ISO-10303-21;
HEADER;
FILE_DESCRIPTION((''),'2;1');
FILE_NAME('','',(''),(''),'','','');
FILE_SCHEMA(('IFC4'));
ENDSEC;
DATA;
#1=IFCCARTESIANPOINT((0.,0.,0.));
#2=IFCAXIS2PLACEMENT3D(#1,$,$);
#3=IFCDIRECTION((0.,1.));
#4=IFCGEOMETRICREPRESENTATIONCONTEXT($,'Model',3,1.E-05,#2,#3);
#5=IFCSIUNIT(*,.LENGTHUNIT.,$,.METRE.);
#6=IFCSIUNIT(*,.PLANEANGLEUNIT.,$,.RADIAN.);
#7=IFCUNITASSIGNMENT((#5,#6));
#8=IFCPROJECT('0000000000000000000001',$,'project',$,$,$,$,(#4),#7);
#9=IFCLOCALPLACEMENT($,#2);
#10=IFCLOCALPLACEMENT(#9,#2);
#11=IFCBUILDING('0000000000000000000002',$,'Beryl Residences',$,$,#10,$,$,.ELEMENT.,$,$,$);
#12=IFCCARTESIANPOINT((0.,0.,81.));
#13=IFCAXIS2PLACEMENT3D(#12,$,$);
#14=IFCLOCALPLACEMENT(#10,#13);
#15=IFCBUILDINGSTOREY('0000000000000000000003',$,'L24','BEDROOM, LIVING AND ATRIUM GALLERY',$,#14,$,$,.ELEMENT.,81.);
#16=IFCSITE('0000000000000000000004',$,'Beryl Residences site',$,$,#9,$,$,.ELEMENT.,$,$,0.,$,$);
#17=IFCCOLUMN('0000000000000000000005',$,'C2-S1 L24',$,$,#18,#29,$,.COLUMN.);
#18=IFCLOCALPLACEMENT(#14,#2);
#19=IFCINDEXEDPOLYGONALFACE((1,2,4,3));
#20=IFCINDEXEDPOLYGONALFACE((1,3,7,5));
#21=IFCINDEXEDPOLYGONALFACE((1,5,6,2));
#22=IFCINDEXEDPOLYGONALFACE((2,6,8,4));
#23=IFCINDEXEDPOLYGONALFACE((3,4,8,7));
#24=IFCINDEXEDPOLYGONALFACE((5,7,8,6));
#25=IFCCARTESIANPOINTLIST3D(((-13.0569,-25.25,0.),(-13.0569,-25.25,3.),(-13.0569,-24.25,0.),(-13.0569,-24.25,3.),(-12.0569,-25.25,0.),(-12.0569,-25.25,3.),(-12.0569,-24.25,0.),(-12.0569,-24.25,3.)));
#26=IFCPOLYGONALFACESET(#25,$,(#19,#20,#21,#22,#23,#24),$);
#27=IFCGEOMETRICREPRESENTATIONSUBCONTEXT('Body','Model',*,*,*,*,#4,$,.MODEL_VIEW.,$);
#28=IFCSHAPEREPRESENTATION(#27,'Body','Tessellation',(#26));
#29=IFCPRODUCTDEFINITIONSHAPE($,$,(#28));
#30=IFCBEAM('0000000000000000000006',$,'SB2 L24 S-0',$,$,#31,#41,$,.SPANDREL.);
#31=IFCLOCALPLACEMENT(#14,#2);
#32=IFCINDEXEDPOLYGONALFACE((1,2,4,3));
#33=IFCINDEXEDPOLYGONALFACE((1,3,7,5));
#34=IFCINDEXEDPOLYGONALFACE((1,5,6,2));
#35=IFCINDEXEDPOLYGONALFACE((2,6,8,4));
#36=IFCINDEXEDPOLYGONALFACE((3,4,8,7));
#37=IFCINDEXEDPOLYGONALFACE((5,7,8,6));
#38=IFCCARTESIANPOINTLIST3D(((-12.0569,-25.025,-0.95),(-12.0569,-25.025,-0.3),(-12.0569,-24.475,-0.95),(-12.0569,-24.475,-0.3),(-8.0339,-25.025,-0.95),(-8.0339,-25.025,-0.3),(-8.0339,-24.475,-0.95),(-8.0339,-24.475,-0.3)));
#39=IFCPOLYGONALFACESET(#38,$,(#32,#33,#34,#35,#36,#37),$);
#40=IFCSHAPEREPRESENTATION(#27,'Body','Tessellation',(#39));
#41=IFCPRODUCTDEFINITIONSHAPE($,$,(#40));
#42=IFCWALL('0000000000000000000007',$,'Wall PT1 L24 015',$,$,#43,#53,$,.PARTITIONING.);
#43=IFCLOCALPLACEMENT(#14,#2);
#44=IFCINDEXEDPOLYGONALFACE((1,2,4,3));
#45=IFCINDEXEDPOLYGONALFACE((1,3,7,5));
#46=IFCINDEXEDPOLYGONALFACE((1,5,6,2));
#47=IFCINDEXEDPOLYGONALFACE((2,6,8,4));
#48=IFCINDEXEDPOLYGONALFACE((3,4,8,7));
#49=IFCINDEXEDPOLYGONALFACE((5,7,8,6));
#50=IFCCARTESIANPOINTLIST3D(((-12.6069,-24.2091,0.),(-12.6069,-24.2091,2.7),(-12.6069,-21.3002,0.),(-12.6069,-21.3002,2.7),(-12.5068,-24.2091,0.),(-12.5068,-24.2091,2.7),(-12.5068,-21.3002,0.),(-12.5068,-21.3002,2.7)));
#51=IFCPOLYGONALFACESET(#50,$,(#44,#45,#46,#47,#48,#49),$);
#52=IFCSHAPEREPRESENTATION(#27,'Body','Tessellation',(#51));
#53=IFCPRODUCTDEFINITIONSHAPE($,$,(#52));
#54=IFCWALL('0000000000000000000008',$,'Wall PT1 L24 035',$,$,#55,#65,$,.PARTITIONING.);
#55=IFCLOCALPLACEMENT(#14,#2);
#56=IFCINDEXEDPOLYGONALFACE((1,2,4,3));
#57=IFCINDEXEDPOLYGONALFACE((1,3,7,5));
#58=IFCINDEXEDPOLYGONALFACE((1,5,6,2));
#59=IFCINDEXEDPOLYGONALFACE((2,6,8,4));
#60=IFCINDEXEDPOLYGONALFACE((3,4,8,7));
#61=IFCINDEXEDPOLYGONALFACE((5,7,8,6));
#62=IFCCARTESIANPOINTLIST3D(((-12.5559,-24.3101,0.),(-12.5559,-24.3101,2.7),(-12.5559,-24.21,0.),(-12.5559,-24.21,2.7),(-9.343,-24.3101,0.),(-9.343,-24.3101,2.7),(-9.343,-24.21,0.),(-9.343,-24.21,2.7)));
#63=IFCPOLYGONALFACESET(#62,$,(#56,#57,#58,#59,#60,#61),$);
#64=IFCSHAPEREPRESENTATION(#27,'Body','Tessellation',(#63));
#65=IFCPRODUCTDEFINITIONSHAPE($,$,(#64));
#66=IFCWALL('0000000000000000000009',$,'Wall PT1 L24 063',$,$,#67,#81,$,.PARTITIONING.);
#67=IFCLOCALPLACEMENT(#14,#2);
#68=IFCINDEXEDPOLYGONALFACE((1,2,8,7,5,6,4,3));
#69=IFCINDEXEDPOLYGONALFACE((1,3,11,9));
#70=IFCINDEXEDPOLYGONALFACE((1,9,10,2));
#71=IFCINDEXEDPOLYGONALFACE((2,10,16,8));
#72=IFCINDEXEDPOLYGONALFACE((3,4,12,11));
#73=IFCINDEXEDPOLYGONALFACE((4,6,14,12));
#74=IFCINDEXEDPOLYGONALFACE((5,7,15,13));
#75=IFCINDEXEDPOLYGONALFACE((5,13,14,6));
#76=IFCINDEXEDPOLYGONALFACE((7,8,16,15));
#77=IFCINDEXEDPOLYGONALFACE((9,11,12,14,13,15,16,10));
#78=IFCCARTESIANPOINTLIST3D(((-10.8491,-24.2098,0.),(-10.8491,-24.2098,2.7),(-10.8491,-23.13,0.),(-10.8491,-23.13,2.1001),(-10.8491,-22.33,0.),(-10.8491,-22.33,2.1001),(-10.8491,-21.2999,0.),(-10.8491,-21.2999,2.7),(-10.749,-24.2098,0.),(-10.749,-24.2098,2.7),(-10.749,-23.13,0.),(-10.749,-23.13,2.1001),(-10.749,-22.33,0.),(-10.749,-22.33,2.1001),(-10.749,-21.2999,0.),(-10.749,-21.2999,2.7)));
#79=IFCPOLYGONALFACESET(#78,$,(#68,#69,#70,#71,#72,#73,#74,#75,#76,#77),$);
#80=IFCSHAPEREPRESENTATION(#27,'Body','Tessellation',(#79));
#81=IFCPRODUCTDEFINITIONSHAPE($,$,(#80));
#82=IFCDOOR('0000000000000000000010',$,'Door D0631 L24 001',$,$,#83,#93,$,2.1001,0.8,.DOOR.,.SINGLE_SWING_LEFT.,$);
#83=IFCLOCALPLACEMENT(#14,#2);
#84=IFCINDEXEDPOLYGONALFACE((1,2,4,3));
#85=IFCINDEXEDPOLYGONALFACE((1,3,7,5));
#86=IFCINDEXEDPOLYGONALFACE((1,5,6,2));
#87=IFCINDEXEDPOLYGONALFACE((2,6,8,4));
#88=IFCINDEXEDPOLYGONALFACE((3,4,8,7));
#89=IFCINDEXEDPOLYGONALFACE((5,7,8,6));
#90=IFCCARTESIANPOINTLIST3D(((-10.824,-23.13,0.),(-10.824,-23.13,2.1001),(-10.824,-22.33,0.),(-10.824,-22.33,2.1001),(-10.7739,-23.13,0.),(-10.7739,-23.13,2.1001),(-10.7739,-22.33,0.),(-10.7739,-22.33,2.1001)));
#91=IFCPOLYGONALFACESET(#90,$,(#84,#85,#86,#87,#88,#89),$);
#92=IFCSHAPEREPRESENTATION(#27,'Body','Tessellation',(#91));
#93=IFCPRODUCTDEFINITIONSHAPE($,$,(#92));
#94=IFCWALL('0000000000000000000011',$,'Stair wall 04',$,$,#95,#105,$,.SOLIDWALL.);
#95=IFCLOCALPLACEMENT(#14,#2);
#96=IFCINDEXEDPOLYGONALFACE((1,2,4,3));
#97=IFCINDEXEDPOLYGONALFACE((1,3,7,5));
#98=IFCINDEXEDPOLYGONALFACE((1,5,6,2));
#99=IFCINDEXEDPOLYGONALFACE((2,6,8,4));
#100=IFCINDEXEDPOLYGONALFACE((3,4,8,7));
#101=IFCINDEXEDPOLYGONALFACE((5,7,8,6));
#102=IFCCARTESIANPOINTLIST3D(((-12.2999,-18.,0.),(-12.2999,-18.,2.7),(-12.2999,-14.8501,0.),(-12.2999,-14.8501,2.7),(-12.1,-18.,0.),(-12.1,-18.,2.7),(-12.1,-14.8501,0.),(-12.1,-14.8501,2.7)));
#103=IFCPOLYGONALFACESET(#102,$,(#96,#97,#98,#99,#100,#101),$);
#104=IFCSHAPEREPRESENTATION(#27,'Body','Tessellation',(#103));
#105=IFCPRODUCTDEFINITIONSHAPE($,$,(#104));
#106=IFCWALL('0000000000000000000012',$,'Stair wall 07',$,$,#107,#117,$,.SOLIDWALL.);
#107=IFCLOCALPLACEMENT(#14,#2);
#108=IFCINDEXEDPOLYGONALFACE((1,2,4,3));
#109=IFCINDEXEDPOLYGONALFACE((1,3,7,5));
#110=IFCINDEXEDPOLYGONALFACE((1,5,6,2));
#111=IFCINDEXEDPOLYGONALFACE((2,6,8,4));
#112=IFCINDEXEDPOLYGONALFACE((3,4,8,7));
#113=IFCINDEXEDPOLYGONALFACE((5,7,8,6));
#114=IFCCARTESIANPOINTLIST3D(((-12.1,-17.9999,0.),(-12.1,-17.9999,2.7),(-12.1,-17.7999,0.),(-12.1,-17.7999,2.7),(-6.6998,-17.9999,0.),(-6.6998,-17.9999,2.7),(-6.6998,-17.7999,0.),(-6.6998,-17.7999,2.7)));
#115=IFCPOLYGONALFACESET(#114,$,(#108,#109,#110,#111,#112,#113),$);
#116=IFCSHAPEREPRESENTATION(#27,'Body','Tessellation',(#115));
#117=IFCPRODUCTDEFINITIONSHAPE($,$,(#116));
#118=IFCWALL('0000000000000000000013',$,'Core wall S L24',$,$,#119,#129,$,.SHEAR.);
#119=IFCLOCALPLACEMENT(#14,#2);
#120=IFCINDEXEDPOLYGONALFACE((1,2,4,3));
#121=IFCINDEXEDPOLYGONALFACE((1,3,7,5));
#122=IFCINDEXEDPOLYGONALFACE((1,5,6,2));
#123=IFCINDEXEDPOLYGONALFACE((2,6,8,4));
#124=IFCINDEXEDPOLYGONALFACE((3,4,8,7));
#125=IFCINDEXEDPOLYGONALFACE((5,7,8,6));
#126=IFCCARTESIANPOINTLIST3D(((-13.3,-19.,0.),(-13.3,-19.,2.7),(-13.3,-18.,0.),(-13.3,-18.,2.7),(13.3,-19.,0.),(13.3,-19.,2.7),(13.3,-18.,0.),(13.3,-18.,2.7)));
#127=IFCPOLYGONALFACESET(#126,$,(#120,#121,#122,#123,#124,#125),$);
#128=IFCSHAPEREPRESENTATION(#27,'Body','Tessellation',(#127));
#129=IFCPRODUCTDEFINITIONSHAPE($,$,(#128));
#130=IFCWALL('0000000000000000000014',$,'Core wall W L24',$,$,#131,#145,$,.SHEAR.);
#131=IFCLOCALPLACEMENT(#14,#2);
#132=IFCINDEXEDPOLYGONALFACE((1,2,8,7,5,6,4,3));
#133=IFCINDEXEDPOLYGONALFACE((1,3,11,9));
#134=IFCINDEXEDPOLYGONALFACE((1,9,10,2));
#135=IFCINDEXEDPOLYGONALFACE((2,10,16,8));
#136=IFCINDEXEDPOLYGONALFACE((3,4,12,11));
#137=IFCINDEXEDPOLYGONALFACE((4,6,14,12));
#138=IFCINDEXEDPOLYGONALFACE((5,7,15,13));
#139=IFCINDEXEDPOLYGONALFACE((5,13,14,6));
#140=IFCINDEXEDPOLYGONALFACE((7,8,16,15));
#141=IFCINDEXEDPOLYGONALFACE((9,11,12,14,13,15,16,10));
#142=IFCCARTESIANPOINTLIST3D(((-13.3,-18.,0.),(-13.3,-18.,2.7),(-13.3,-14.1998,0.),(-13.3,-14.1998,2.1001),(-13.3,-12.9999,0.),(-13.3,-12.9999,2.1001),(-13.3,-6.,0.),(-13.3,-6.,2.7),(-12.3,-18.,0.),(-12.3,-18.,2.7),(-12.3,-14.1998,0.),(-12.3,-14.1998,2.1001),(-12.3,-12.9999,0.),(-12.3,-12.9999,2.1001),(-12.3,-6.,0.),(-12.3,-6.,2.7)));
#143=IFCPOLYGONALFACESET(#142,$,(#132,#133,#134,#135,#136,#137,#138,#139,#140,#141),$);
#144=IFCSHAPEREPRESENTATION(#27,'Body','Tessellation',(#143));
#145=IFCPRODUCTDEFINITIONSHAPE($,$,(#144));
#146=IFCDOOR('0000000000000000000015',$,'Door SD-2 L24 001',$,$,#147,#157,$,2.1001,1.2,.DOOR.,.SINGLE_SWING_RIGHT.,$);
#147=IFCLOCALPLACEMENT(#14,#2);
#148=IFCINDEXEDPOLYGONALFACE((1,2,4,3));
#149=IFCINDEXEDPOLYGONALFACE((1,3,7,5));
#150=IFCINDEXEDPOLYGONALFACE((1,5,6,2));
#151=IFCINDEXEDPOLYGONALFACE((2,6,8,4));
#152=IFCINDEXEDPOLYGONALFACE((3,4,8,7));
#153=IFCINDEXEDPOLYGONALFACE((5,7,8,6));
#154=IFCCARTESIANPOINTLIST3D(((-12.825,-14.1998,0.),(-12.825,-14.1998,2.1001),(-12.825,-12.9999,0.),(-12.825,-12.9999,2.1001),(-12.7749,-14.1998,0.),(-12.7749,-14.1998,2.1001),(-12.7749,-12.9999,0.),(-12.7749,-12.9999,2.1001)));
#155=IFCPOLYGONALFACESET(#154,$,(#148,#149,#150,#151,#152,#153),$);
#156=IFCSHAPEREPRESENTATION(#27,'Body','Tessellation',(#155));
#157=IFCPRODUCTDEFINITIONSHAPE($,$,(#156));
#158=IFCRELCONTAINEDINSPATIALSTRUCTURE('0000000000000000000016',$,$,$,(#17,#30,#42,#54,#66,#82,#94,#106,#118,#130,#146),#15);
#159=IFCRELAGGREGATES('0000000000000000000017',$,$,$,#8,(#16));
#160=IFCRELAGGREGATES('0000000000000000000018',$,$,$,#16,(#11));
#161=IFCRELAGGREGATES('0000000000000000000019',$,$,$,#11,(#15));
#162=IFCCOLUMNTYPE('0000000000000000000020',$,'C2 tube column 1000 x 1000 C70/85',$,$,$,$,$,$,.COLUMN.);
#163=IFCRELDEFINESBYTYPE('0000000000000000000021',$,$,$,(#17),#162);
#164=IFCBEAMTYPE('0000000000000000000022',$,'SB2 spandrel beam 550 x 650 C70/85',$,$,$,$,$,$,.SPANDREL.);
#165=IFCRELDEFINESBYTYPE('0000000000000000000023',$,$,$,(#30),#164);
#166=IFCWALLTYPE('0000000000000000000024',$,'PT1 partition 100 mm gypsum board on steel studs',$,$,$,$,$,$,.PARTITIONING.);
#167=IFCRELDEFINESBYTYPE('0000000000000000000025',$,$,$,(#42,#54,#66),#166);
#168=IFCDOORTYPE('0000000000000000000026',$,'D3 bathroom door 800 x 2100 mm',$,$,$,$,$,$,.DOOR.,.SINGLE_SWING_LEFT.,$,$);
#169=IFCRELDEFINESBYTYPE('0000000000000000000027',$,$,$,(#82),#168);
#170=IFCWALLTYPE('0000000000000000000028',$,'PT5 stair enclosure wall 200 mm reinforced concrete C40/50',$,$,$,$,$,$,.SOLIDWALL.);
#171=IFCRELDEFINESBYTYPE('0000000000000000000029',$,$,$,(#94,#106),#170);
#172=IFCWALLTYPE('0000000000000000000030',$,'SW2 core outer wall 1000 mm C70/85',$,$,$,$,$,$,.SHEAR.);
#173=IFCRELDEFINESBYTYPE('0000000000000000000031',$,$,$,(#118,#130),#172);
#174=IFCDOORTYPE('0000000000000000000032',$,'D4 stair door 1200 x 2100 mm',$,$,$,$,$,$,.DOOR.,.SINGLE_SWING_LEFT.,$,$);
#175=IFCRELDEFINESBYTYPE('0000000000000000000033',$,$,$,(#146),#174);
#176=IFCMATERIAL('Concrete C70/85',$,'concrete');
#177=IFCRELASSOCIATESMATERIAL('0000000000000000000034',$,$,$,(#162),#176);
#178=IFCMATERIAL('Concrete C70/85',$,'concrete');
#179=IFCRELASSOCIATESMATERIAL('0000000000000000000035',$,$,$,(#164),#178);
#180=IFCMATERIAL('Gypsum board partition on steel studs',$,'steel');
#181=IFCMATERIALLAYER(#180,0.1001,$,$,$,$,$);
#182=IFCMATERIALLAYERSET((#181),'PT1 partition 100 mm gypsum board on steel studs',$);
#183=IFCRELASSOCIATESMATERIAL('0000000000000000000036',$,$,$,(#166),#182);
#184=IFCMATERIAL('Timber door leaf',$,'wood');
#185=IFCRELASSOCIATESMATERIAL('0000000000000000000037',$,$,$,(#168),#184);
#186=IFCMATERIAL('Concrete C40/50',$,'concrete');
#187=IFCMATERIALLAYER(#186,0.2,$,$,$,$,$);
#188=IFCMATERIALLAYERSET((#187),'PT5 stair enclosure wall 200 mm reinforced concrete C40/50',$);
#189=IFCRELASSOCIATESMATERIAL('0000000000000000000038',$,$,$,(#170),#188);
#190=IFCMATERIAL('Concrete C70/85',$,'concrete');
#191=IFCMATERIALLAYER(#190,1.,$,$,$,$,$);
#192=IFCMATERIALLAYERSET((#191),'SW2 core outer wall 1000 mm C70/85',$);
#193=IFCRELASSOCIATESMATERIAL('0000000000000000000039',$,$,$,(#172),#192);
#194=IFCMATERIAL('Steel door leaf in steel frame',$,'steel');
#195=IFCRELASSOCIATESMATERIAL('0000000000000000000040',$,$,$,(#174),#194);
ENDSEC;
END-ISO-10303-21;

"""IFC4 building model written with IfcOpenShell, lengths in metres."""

from ifc_helpers import new_model, si_unit, direction, frame, frame_2d, origin, origin_2d, place, context, subcontext, project, spatial, rectangle, extrude, material, layer, layer_set, material_profile, profile_set, type_object, element, fill, save


model = new_model("IFC4")

# Units and contexts
model_context = context("Model", 3, precision=1e-05, world=origin(), true_north=direction((0.0, 1.0)))
body_context = subcontext(model_context, "Body", "Model", "MODEL_VIEW")
ifc_project = project(units=[si_unit("LENGTHUNIT", "METRE"), si_unit("PLANEANGLEUNIT", "RADIAN")], contexts=[model_context])

# Site, building, storey
site_placement = place(None, origin())
site = spatial("IfcSite", under=ifc_project, at=site_placement, Name="Beryl Residences site", CompositionType="ELEMENT", RefElevation=0.0)
building_placement = place(site_placement, origin())
building = spatial("IfcBuilding", under=site, at=building_placement, Name="Beryl Residences", CompositionType="ELEMENT")
storey_placement = place(building_placement, frame((0.0, 0.0, 81.0)))
storey = spatial("IfcBuildingStorey", under=building, at=storey_placement, Name="L24", Description="BEDROOM, LIVING AND ATRIUM GALLERY", CompositionType="ELEMENT", Elevation=81.0)

# Column
ifc_material_1 = material(Name="Concrete C70/85", Category="concrete")
ifc_material_profile_1 = material_profile(ifc_material_1, rectangle(XDim=1.0, YDim=1.0, at=origin_2d()))
ifc_profile_set_1 = profile_set([ifc_material_profile_1], Name="Concrete C70/85")
column_type = type_object("IfcColumnType", Name="C2 tube column 1000 x 1000 C70/85", PredefinedType="COLUMN", material=ifc_profile_set_1)
column_placement = place(storey_placement, frame((-12.5569, -24.75, 0.0), z_axis=(0.0, 0.0, 1.0), x_axis=(1.0, 0.0, 0.0)))
element("IfcColumn", 1, at=column_placement, inside=storey, type_object=column_type, Name="C2-S1 L24", PredefinedType="COLUMN", context=body_context, shape_type="SweptSolid", body=[
    extrude(rectangle(XDim=1.0, YDim=1.0, at=origin_2d()), origin(), (0.0, 0.0, 1.0), 3.0),
])

# Beam
ifc_material_2 = material(Name="Concrete C70/85", Category="concrete")
ifc_material_profile_2 = material_profile(ifc_material_2, rectangle(XDim=0.55, YDim=0.6499, at=origin_2d()))
ifc_profile_set_2 = profile_set([ifc_material_profile_2], Name="Concrete C70/85")
beam_type = type_object("IfcBeamType", Name="SB2 spandrel beam 550 x 650 C70/85", PredefinedType="SPANDREL", material=ifc_profile_set_2)
beam_placement = place(storey_placement, frame((-12.0569, -24.75, -0.625), z_axis=(1.0, 0.0, 0.0), x_axis=(0.0, 1.0, 0.0)))
element("IfcBeam", 2, at=beam_placement, inside=storey, type_object=beam_type, Name="SB2 L24 S-0", PredefinedType="SPANDREL", context=body_context, shape_type="SweptSolid", body=[
    extrude(rectangle(XDim=0.55, YDim=0.6499, at=origin_2d()), origin(), (0.0, 0.0, 1.0), 4.0229),
])

# Walls
ifc_material_3 = material(Name="Gypsum board partition on steel studs", Category="steel")
ifc_layer_1 = layer(ifc_material_3, 0.1001)
ifc_layer_set_1 = layer_set([ifc_layer_1], Name="PT1 partition 100 mm gypsum board on steel studs")
wall_type_1 = type_object("IfcWallType", Name="PT1 partition 100 mm gypsum board on steel studs", PredefinedType="PARTITIONING", material=ifc_layer_set_1)
wall_1_placement = place(storey_placement, frame((-12.5569, -21.3, 0.0), z_axis=(0.0, 0.0, 1.0), x_axis=(0.0, -1.0, 0.0)))
element("IfcWall", 3, at=wall_1_placement, inside=storey, type_object=wall_type_1, Name="Wall PT1 L24 015", PredefinedType="PARTITIONING", context=body_context, shape_type="SweptSolid", body=[
    extrude(rectangle(XDim=2.9089, YDim=0.1001, at=frame_2d((1.4546, 0.0))), origin(), (0.0, 0.0, 1.0), 2.7),
])
wall_2_placement = place(storey_placement, frame((-12.5559, -24.26, 0.0), z_axis=(0.0, 0.0, 1.0), x_axis=(1.0, 0.0, 0.0)))
element("IfcWall", 4, at=wall_2_placement, inside=storey, type_object=wall_type_1, Name="Wall PT1 L24 035", PredefinedType="PARTITIONING", context=body_context, shape_type="SweptSolid", body=[
    extrude(rectangle(XDim=3.2129, YDim=0.1001, at=frame_2d((1.6064, 0.0))), origin(), (0.0, 0.0, 1.0), 2.7),
])

# Wall, opening, door
wall_3_placement = place(storey_placement, frame((-10.7991, -24.21, 0.0), z_axis=(0.0, 0.0, 1.0), x_axis=(0.0, 1.0, 0.0)))
wall_3 = element("IfcWall", 5, at=wall_3_placement, inside=storey, type_object=wall_type_1, Name="Wall PT1 L24 063", PredefinedType="PARTITIONING", context=body_context, shape_type="SweptSolid", body=[
    extrude(rectangle(XDim=2.9099, YDim=0.1001, at=frame_2d((1.4551, 0.0))), origin(), (0.0, 0.0, 1.0), 2.7),
])
opening_1_placement = place(wall_3_placement, frame((1.0801, 0.0, 0.0)))
opening_1 = element("IfcOpeningElement", 6, at=opening_1_placement, cuts=wall_3, PredefinedType="OPENING", context=body_context, shape_type="SweptSolid", body=[
    extrude(rectangle(XDim=0.8, YDim=2.1001, at=frame_2d((0.3999, 1.05))), frame((0.0, 0.0601, 0.0), z_axis=(0.0, -1.0, 0.0), x_axis=(1.0, 0.0, 0.0)), (0.0, 0.0, 1.0), 0.1201),
])
ifc_material_4 = material(Name="Timber door leaf", Category="wood")
door_type_1 = type_object("IfcDoorType", Name="D3 bathroom door 800 x 2100 mm", OperationType="SINGLE_SWING_LEFT", PredefinedType="DOOR", material=ifc_material_4)
door_1_placement = place(opening_1_placement, origin())
door_1 = element("IfcDoor", 7, at=door_1_placement, inside=storey, type_object=door_type_1, Name="Door D0631 L24 001", OperationType="SINGLE_SWING_LEFT", OverallHeight=2.1001, OverallWidth=0.8, PredefinedType="DOOR", context=body_context, shape_type="SweptSolid", body=[
    extrude(rectangle(XDim=0.8, YDim=2.1001, at=frame_2d((0.3999, 1.05))), frame((0.0, 0.0249, 0.0), z_axis=(0.0, -1.0, 0.0), x_axis=(1.0, 0.0, 0.0)), (0.0, 0.0, 1.0), 0.05),
])
fill(opening_1, door_1)

# Walls
ifc_material_5 = material(Name="Concrete C40/50", Category="concrete")
ifc_layer_2 = layer(ifc_material_5, 0.2)
ifc_layer_set_2 = layer_set([ifc_layer_2], Name="PT5 stair enclosure wall 200 mm reinforced concrete C40/50")
wall_type_2 = type_object("IfcWallType", Name="PT5 stair enclosure wall 200 mm reinforced concrete C40/50", PredefinedType="SOLIDWALL", material=ifc_layer_set_2)
wall_4_placement = place(storey_placement, frame((-12.2, -18.0, 0.0), z_axis=(0.0, 0.0, 1.0), x_axis=(0.0, 1.0, 0.0)))
element("IfcWall", 8, at=wall_4_placement, inside=storey, type_object=wall_type_2, Name="Stair wall 04", PredefinedType="SOLIDWALL", context=body_context, shape_type="SweptSolid", body=[
    extrude(rectangle(XDim=3.1499, YDim=0.2, at=frame_2d((1.575, 0.0))), origin(), (0.0, 0.0, 1.0), 2.7),
])
wall_5_placement = place(storey_placement, frame((-12.1001, -17.8999, 0.0), z_axis=(0.0, 0.0, 1.0), x_axis=(1.0, 0.0, 0.0)))
element("IfcWall", 9, at=wall_5_placement, inside=storey, type_object=wall_type_2, Name="Stair wall 07", PredefinedType="SOLIDWALL", context=body_context, shape_type="SweptSolid", body=[
    extrude(rectangle(XDim=5.4001, YDim=0.2, at=frame_2d((2.7002, 0.0))), origin(), (0.0, 0.0, 1.0), 2.7),
])
ifc_material_6 = material(Name="Concrete C70/85", Category="concrete")
ifc_layer_3 = layer(ifc_material_6, 1.0)
ifc_layer_set_3 = layer_set([ifc_layer_3], Name="SW2 core outer wall 1000 mm C70/85")
wall_type_3 = type_object("IfcWallType", Name="SW2 core outer wall 1000 mm C70/85", PredefinedType="SHEAR", material=ifc_layer_set_3)
wall_6_placement = place(storey_placement, frame((-13.3, -18.5, 0.0), z_axis=(0.0, 0.0, 1.0), x_axis=(1.0, 0.0, 0.0)))
element("IfcWall", 10, at=wall_6_placement, inside=storey, type_object=wall_type_3, Name="Core wall S L24", PredefinedType="SHEAR", context=body_context, shape_type="SweptSolid", body=[
    extrude(rectangle(XDim=26.6001, YDim=1.0, at=frame_2d((13.3, 0.0))), origin(), (0.0, 0.0, 1.0), 2.7),
])

# Wall, opening, door
wall_7_placement = place(storey_placement, frame((-12.8, -18.0, 0.0), z_axis=(0.0, 0.0, 1.0), x_axis=(0.0, 1.0, 0.0)))
wall_7 = element("IfcWall", 11, at=wall_7_placement, inside=storey, type_object=wall_type_3, Name="Core wall W L24", PredefinedType="SHEAR", context=body_context, shape_type="SweptSolid", body=[
    extrude(rectangle(XDim=12.0, YDim=1.0, at=frame_2d((6.0, 0.0))), origin(), (0.0, 0.0, 1.0), 2.7),
])
opening_2_placement = place(wall_7_placement, frame((3.8, 0.0, 0.0)))
opening_2 = element("IfcOpeningElement", 12, at=opening_2_placement, cuts=wall_7, PredefinedType="OPENING", context=body_context, shape_type="SweptSolid", body=[
    extrude(rectangle(XDim=1.2, YDim=2.1001, at=frame_2d((0.6001, 1.05))), frame((0.0, 0.51, 0.0), z_axis=(0.0, -1.0, 0.0), x_axis=(1.0, 0.0, 0.0)), (0.0, 0.0, 1.0), 1.02),
])
ifc_material_7 = material(Name="Steel door leaf in steel frame", Category="steel")
door_type_2 = type_object("IfcDoorType", Name="D4 stair door 1200 x 2100 mm", OperationType="SINGLE_SWING_LEFT", PredefinedType="DOOR", material=ifc_material_7)
door_2_placement = place(opening_2_placement, origin())
door_2 = element("IfcDoor", 13, at=door_2_placement, inside=storey, type_object=door_type_2, Name="Door SD-2 L24 001", OperationType="SINGLE_SWING_RIGHT", OverallHeight=2.1001, OverallWidth=1.2, PredefinedType="DOOR", context=body_context, shape_type="SweptSolid", body=[
    extrude(rectangle(XDim=1.2, YDim=2.1001, at=frame_2d((0.6001, 1.05))), frame((0.0, 0.0249, 0.0), z_axis=(0.0, -1.0, 0.0), x_axis=(1.0, 0.0, 0.0)), (0.0, 0.0, 1.0), 0.05),
])
fill(opening_2, door_2)

save(model, "model.ifc")
